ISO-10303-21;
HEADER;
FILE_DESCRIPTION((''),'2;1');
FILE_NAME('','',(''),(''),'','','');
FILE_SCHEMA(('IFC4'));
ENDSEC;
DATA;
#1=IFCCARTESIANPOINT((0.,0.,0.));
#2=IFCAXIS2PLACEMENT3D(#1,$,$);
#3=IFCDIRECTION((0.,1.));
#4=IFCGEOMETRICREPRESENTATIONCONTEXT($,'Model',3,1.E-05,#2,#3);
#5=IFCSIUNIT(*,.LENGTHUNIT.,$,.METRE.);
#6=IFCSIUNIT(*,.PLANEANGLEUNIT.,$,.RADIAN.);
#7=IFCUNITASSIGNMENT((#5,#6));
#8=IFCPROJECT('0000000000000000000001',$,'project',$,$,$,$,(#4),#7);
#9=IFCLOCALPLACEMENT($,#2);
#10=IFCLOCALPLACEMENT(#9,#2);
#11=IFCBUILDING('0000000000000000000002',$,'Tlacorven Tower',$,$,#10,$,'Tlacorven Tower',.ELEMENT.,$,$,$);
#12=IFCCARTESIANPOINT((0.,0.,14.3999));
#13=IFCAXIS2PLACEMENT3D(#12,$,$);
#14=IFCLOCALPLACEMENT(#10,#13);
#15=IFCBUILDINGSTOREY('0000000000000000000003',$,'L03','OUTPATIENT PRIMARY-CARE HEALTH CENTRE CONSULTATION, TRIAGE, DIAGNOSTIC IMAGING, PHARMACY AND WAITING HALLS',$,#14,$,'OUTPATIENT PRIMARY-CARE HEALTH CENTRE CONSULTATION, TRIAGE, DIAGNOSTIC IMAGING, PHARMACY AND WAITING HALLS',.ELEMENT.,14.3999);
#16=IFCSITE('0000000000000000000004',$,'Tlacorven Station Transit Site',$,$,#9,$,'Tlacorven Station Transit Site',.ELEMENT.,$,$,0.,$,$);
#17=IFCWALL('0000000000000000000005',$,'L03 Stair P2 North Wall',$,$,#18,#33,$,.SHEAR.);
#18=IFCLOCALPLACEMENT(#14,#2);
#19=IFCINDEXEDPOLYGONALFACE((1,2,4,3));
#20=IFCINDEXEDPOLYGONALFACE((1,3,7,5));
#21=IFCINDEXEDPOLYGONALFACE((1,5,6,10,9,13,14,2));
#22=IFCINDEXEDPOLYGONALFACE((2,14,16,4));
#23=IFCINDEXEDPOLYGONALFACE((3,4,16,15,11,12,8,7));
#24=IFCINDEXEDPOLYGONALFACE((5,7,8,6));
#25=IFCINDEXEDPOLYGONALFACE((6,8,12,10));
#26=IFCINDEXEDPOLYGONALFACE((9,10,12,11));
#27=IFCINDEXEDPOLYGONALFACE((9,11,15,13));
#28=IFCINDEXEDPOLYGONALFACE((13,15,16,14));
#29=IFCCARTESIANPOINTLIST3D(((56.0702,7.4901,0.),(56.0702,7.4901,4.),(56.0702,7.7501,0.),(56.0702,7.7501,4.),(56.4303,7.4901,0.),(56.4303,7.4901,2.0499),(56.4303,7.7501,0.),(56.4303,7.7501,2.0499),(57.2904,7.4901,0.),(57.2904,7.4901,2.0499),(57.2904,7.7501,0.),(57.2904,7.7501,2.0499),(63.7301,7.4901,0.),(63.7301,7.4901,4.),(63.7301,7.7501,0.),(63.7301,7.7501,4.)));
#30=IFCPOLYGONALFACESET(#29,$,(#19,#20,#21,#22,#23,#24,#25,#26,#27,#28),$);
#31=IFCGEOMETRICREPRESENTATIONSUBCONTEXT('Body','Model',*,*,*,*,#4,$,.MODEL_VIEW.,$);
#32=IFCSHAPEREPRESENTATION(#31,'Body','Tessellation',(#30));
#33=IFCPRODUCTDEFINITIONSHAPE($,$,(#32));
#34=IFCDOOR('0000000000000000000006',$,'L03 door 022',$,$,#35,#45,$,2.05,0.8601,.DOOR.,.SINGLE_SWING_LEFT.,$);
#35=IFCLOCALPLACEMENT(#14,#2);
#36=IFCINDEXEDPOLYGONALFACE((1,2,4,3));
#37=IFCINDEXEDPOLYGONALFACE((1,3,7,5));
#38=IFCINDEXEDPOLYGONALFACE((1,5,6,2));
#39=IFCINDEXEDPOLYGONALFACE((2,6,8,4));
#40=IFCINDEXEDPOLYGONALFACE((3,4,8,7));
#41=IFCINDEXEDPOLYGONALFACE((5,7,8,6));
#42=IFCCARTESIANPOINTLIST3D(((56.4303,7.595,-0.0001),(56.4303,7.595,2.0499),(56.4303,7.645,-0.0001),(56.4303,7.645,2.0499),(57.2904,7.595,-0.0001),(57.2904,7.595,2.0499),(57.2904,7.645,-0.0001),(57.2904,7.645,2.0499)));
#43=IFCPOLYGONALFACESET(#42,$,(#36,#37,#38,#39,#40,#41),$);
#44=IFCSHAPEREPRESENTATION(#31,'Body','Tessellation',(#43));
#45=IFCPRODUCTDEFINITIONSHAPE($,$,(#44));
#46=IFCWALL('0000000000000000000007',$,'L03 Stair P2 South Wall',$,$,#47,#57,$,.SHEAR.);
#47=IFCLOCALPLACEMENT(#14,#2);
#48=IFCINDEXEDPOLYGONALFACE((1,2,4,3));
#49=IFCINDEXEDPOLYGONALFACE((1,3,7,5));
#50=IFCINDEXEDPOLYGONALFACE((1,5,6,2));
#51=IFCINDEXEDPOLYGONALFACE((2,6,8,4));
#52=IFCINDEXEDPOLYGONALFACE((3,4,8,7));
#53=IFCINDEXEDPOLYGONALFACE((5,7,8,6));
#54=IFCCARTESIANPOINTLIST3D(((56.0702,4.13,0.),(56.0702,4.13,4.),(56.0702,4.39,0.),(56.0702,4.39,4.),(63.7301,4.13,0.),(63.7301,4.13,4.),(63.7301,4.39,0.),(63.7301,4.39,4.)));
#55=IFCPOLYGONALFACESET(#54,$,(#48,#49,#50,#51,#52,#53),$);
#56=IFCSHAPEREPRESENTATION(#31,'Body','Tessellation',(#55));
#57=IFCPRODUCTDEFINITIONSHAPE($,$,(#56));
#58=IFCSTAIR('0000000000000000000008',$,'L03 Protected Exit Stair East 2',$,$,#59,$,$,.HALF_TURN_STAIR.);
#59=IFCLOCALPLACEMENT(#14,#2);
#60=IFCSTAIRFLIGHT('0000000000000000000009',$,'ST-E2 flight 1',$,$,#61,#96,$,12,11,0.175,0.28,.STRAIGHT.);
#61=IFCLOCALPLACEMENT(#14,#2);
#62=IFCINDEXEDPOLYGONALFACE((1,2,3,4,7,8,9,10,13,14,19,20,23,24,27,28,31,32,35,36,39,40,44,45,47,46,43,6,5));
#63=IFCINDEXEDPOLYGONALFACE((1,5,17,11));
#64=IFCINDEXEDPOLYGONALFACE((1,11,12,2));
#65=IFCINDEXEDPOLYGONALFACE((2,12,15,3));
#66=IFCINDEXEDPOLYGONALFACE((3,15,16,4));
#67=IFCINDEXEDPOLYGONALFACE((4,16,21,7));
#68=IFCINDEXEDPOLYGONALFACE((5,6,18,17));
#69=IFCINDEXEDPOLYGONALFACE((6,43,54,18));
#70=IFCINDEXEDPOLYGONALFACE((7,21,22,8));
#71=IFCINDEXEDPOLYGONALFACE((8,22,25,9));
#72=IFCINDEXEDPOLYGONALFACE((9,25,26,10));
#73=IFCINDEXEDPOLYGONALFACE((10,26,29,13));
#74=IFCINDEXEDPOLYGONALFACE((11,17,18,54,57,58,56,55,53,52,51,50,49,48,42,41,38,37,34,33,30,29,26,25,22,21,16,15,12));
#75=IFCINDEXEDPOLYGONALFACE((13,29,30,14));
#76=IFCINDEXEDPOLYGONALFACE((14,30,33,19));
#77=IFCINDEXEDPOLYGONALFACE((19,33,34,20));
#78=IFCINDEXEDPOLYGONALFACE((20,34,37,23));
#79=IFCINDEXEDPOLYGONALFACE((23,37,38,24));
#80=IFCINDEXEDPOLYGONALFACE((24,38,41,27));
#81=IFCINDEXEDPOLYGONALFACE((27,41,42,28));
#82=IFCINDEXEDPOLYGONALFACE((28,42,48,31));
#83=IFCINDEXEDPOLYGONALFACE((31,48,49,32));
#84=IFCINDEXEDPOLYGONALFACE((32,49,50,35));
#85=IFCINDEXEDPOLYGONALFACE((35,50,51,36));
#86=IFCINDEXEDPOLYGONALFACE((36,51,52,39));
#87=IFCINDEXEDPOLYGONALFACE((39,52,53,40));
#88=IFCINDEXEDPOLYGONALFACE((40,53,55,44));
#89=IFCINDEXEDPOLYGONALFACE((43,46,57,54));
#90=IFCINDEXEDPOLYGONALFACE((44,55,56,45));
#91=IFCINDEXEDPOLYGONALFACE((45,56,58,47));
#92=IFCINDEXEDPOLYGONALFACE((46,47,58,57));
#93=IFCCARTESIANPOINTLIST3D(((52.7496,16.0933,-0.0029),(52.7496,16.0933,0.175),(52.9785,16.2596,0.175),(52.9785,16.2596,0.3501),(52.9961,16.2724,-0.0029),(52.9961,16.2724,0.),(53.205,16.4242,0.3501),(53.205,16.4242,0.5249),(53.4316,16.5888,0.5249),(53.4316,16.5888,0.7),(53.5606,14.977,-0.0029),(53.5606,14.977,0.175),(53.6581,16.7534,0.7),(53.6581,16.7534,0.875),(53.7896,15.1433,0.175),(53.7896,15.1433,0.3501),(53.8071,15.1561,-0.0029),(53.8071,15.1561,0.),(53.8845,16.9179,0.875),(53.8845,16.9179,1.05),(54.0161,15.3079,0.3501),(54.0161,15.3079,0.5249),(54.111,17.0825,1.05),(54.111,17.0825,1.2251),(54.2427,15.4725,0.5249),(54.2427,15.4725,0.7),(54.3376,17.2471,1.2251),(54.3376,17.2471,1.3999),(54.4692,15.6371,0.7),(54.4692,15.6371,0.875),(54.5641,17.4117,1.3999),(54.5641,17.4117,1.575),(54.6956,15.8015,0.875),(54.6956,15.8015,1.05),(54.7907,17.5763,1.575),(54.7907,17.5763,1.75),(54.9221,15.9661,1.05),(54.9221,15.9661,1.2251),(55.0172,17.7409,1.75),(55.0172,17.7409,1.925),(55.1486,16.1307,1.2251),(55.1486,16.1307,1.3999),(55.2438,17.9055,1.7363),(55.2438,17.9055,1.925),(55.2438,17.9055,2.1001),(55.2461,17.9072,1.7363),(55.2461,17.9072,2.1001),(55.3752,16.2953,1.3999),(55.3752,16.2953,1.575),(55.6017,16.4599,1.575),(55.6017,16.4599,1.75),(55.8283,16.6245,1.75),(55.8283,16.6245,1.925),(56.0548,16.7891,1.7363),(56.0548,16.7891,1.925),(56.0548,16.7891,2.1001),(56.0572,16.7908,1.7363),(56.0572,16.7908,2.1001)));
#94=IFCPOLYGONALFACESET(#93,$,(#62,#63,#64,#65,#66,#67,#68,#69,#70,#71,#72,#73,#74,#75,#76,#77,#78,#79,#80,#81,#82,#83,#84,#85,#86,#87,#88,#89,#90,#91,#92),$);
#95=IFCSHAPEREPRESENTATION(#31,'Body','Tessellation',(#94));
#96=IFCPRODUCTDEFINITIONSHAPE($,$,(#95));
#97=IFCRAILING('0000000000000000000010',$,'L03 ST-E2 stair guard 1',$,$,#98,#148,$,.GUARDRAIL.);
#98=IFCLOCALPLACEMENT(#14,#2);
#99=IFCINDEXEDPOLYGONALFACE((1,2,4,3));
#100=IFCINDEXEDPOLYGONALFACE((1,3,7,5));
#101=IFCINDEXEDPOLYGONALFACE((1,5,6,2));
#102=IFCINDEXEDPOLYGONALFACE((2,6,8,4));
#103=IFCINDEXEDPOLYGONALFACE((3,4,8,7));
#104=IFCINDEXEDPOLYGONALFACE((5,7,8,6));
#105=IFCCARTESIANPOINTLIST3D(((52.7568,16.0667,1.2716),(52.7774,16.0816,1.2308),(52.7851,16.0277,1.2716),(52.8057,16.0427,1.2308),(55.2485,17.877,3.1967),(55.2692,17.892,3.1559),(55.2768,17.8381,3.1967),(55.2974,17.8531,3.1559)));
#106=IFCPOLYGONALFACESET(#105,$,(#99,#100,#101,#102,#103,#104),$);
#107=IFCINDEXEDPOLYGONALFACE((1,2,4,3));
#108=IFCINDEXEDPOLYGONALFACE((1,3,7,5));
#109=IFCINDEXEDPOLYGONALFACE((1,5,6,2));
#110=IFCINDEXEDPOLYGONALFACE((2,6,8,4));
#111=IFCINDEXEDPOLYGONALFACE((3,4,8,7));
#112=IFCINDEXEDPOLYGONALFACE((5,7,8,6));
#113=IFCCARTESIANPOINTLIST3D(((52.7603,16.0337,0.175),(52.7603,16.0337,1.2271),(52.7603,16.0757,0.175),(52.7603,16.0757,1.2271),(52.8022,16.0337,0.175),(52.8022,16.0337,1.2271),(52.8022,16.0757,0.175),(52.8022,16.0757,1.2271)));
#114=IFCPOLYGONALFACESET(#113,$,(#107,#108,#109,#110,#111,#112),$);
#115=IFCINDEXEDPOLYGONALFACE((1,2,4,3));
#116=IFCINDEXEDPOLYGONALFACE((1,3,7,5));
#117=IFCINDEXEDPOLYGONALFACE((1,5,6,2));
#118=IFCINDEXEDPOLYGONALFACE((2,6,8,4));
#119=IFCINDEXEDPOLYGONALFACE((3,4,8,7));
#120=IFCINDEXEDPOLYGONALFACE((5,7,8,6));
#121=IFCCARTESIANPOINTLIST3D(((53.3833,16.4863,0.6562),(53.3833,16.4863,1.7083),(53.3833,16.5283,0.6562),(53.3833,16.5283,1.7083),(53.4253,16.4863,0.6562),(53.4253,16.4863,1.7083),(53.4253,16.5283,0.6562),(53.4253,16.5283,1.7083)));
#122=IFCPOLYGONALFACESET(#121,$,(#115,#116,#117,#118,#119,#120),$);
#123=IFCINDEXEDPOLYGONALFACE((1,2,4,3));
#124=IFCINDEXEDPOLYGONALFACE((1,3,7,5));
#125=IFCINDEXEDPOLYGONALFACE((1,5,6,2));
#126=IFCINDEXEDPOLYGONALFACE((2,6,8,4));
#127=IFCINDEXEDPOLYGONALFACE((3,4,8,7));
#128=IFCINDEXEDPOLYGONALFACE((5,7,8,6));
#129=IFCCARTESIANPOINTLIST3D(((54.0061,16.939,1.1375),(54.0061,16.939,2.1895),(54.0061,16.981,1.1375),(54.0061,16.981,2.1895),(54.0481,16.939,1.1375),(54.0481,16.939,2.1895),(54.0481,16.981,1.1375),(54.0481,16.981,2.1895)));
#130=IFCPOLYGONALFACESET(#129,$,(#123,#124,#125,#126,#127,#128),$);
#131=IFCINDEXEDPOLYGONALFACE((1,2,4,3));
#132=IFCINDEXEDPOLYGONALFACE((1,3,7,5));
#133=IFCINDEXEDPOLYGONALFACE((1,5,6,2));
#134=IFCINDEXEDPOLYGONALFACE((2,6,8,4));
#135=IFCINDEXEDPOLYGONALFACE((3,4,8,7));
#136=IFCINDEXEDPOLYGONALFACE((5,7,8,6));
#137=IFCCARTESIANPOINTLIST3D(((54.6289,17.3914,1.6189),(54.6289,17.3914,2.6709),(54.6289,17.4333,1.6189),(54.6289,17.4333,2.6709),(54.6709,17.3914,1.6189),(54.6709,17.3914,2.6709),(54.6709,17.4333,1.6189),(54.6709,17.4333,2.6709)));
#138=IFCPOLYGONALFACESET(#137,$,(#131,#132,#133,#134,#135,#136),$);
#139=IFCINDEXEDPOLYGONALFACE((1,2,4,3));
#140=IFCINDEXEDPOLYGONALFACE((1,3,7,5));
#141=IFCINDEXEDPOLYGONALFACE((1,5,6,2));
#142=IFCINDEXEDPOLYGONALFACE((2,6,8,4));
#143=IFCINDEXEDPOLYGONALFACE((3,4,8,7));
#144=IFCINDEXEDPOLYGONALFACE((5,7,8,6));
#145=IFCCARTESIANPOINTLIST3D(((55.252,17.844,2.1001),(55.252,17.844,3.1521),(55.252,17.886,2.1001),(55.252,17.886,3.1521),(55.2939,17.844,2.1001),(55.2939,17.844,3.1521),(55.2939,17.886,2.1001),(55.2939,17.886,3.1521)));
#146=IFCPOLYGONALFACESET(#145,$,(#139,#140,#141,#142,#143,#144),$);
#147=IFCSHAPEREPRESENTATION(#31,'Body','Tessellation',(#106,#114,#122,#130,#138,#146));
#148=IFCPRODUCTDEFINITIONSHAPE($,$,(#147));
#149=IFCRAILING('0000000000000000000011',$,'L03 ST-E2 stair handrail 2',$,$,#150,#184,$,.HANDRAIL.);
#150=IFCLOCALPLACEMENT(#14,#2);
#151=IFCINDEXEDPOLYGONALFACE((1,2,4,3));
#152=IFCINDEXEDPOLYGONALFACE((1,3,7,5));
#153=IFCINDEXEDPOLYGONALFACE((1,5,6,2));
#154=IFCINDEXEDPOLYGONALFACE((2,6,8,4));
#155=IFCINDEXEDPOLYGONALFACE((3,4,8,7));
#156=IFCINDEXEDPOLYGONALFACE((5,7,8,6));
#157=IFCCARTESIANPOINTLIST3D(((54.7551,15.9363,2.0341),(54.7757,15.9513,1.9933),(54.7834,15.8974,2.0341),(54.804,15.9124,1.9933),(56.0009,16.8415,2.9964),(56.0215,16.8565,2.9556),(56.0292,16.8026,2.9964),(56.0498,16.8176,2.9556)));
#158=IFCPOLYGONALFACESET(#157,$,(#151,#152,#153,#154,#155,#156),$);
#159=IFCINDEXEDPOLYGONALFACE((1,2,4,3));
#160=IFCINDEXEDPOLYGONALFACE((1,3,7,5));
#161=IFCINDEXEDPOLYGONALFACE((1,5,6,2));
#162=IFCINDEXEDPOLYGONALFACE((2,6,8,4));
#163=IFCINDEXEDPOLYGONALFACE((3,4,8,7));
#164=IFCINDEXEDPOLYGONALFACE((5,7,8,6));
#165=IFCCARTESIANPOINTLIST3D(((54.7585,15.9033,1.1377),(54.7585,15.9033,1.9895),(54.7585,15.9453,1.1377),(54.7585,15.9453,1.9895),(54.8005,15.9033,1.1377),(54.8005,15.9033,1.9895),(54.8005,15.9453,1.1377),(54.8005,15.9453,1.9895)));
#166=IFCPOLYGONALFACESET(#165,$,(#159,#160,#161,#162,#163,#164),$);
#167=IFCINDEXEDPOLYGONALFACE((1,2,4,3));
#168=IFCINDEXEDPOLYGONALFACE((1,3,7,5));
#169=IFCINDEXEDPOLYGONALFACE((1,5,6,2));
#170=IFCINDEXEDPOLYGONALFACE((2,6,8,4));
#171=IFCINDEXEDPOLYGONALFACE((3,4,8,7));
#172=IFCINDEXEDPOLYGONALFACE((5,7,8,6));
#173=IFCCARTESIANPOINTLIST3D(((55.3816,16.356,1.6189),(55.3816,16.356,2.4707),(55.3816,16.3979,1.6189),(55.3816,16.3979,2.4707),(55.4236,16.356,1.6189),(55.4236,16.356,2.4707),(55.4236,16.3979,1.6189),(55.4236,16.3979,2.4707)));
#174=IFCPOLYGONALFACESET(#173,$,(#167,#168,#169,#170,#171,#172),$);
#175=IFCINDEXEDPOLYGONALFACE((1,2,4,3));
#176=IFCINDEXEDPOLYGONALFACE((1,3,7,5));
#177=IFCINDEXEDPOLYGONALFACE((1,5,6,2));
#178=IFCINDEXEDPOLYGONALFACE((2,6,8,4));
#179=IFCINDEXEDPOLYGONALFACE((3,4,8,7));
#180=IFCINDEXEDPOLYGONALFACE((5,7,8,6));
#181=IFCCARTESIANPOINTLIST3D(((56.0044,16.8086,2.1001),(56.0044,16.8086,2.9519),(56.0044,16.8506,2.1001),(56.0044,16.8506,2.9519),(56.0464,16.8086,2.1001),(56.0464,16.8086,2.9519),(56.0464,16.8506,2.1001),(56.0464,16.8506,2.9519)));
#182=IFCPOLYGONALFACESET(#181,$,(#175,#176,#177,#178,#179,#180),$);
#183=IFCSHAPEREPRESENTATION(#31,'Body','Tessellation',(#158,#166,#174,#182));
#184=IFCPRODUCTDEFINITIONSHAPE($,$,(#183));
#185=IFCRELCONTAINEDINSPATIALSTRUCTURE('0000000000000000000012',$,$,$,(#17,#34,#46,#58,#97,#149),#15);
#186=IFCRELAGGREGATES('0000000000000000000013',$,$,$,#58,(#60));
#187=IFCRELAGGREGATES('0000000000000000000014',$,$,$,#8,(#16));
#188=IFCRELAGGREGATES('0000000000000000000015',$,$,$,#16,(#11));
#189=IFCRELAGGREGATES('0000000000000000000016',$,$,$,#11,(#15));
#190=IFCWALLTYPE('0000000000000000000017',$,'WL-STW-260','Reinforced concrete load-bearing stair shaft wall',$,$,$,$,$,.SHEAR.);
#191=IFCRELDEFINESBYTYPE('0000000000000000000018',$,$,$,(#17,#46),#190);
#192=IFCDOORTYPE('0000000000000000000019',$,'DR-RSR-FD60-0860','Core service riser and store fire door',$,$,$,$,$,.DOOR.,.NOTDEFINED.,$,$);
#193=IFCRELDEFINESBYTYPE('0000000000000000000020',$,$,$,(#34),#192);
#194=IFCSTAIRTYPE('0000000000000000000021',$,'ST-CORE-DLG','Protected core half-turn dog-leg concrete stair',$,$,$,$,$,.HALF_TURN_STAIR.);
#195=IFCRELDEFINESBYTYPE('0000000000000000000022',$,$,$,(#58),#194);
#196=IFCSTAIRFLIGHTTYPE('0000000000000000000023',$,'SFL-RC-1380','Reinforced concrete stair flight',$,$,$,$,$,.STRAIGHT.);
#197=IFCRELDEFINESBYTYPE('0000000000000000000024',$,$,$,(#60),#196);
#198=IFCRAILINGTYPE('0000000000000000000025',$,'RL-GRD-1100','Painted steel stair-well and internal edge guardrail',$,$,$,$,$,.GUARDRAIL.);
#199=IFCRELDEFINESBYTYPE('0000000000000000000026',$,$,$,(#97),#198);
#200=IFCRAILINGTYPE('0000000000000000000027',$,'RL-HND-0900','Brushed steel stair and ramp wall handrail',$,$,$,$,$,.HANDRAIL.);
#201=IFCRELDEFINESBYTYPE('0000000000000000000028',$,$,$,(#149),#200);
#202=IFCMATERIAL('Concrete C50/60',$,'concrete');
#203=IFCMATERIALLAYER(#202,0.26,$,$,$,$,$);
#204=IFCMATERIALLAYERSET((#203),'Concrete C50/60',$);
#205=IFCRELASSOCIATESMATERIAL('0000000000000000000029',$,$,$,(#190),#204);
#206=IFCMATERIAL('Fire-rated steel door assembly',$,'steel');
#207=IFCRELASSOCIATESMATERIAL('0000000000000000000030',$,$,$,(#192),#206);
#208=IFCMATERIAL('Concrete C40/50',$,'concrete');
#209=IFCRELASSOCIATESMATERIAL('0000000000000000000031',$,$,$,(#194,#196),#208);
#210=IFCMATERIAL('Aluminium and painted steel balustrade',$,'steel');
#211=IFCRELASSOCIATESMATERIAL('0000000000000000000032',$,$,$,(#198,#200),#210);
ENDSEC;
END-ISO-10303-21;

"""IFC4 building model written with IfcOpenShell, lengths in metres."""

from ifc_helpers import new_model, si_unit, direction, frame, frame_2d, origin, origin_2d, place, context, subcontext, project, spatial, polyline, rectangle, outline, extrude, source, transform, mapped, material, layer, layer_set, type_object, element, fill, aggregate, save


model = new_model("IFC4")

# Units and contexts
model_context = context("Model", 3, precision=1e-05, world=origin(), true_north=direction((0.0, 1.0)))
body_context = subcontext(model_context, "Body", "Model", "MODEL_VIEW")
ifc_project = project(units=[si_unit("LENGTHUNIT", "METRE"), si_unit("PLANEANGLEUNIT", "RADIAN")], contexts=[model_context])

# Site, building, storey
site_placement = place(None, origin())
site = spatial("IfcSite", under=ifc_project, at=site_placement, Name="Tlacorven Station Transit Site", LongName="Tlacorven Station Transit Site", CompositionType="ELEMENT", RefElevation=0.0)
building_placement = place(site_placement, origin())
building = spatial("IfcBuilding", under=site, at=building_placement, Name="Tlacorven Tower", LongName="Tlacorven Tower", CompositionType="ELEMENT")
storey_placement = place(building_placement, frame((0.0, 0.0, 14.3999)))
storey = spatial("IfcBuildingStorey", under=building, at=storey_placement, Name="L03", Description="OUTPATIENT PRIMARY-CARE HEALTH CENTRE CONSULTATION, TRIAGE, DIAGNOSTIC IMAGING, PHARMACY AND WAITING HALLS", LongName="OUTPATIENT PRIMARY-CARE HEALTH CENTRE CONSULTATION, TRIAGE, DIAGNOSTIC IMAGING, PHARMACY AND WAITING HALLS", CompositionType="ELEMENT", Elevation=14.3999)

# Shared definitions
ifc_material_1 = material(Name="Concrete C50/60", Category="concrete")
ifc_layer_1 = layer(ifc_material_1, 0.26)
ifc_layer_set_1 = layer_set([ifc_layer_1], Name="Concrete C50/60")
wall_type_1 = type_object("IfcWallType", Name="WL-STW-260", Description="Reinforced concrete load-bearing stair shaft wall", PredefinedType="SHEAR", material=ifc_layer_set_1)

# Wall, opening, door
wall_1_placement = place(storey_placement, frame((56.0701, 7.6201, 0.0), z_axis=(0.0, 0.0, 1.0), x_axis=(1.0, 0.0, 0.0)))
wall_1 = element("IfcWall", 1, at=wall_1_placement, inside=storey, type_object=wall_type_1, Name="L03 Stair P2 North Wall", PredefinedType="SHEAR", context=body_context, shape_type="SweptSolid", body=[
    extrude(rectangle(XDim=7.6599, YDim=0.26, at=frame_2d((3.8301, 0.0))), origin(), (0.0, 0.0, 1.0), 4.0),
])
opening_placement = place(wall_1_placement, frame((0.3601, 0.0, 0.0)))
opening = element("IfcOpeningElement", 2, at=opening_placement, cuts=wall_1, PredefinedType="OPENING", context=body_context, shape_type="SweptSolid", body=[
    extrude(rectangle(XDim=0.8601, YDim=2.05, at=frame_2d((0.4302, 1.0249))), frame((0.0, 0.1401, 0.0), z_axis=(0.0, -1.0, 0.0), x_axis=(1.0, 0.0, 0.0)), (0.0, 0.0, 1.0), 0.28),
])
ifc_material_2 = material(Name="Fire-rated steel door assembly", Category="steel")
door_type = type_object("IfcDoorType", Name="DR-RSR-FD60-0860", Description="Core service riser and store fire door", OperationType="NOTDEFINED", PredefinedType="DOOR", material=ifc_material_2)
shared_shape_1 = source(origin(), body_context, "Body", "SweptSolid", [
    extrude(rectangle(XDim=0.8601, YDim=2.05, at=frame_2d((0.4302, 1.0249))), frame((0.0, 0.0249, 0.0), z_axis=(0.0, -1.0, 0.0), x_axis=(1.0, 0.0, 0.0)), (0.0, 0.0, 1.0), 0.05),
])
door_placement = place(opening_placement, origin())
door = element("IfcDoor", 3, at=door_placement, inside=storey, type_object=door_type, Name="L03 door 022", OperationType="SINGLE_SWING_LEFT", OverallHeight=2.05, OverallWidth=0.8601, PredefinedType="DOOR", context=body_context, shape_type="MappedRepresentation", body=[
    mapped(shared_shape_1, transform((0.0, 0.0, 0.0), scale=1.0)),
])
fill(opening, door)

# Wall
wall_2_placement = place(storey_placement, frame((56.0701, 4.26, 0.0), z_axis=(0.0, 0.0, 1.0), x_axis=(1.0, 0.0, 0.0)))
element("IfcWall", 4, at=wall_2_placement, inside=storey, type_object=wall_type_1, Name="L03 Stair P2 South Wall", PredefinedType="SHEAR", context=body_context, shape_type="SweptSolid", body=[
    extrude(rectangle(XDim=7.6599, YDim=0.26, at=frame_2d((3.8301, 0.0))), origin(), (0.0, 0.0, 1.0), 4.0),
])

# Stair, stair flight
ifc_material_3 = material(Name="Concrete C40/50", Category="concrete")
stair_type = type_object("IfcStairType", Name="ST-CORE-DLG", Description="Protected core half-turn dog-leg concrete stair", PredefinedType="HALF_TURN_STAIR", material=ifc_material_3)
stair_placement = place(storey_placement, origin())
stair = element("IfcStair", 5, at=stair_placement, inside=storey, type_object=stair_type, Name="L03 Protected Exit Stair East 2", PredefinedType="HALF_TURN_STAIR")
stair_flight_type = type_object("IfcStairFlightType", Name="SFL-RC-1380", Description="Reinforced concrete stair flight", PredefinedType="STRAIGHT", material=ifc_material_3)
shared_shape_2 = source(origin(), body_context, "Body", "SweptSolid", [
    extrude(outline(polyline([(-0.0029, -0.0029), (-0.0029, 0.175), (0.28, 0.175), (0.28, 0.3501), (0.5601, 0.3501), (0.5601, 0.5249), (0.8401, 0.5249), (0.8401, 0.7), (1.1201, 0.7), (1.1201, 0.875), (1.3999, 0.875), (1.3999, 1.05), (1.6799, 1.05), (1.6799, 1.2251), (1.96, 1.2251), (1.96, 1.3999), (2.24, 1.3999), (2.24, 1.575), (2.52, 1.575), (2.52, 1.75), (2.8, 1.75), (2.8, 1.925), (3.0801, 1.925), (3.0801, 2.1001), (3.083, 2.1001), (3.083, 1.7363), (3.0801, 1.7363), (0.3018, 0.0), (0.3018, -0.0029), (-0.0029, -0.0029)])), frame((0.0, 0.6899, 0.0), z_axis=(0.0, -1.0, 0.0), x_axis=(1.0, 0.0, 0.0)), (0.0, 0.0, 1.0), 1.3799),
])
stair_flight_placement = place(storey_placement, frame((53.1575, 15.5369, 0.0), z_axis=(0.0, 0.0, 1.0), x_axis=(0.809017, 0.587785, 0.0)))
stair_flight = element("IfcStairFlight", 6, at=stair_flight_placement, type_object=stair_flight_type, Name="ST-E2 flight 1", NumberOfRisers=12, NumberOfTreads=11, PredefinedType="STRAIGHT", RiserHeight=0.175, TreadLength=0.28, context=body_context, shape_type="MappedRepresentation", body=[
    mapped(shared_shape_2, transform((0.0, 0.0, 0.0), scale=1.0)),
])
aggregate(stair, [stair_flight])

# Railings
ifc_material_4 = material(Name="Aluminium and painted steel balustrade", Category="steel")
railing_type_1 = type_object("IfcRailingType", Name="RL-GRD-1100", Description="Painted steel stair-well and internal edge guardrail", PredefinedType="GUARDRAIL", material=ifc_material_4)
shared_shape_3 = source(origin(), body_context, "Body", "SweptSolid", [
    extrude(rectangle(XDim=0.0481, YDim=0.0481, at=origin_2d()), frame((0.0, 0.0, 1.0762), z_axis=(0.686037, 0.498429, 0.530021), x_axis=(-0.58778, 0.809021, 0.0)), (0.0, 0.0, 1.0), 3.6321),
    extrude(rectangle(XDim=0.042, YDim=0.042, at=origin_2d()), origin(), (0.0, 0.0, 1.0), 1.052),
    extrude(rectangle(XDim=0.042, YDim=0.042, at=origin_2d()), frame((0.623, 0.4526, 0.4812)), (0.0, 0.0, 1.0), 1.052),
    extrude(rectangle(XDim=0.042, YDim=0.042, at=origin_2d()), frame((1.2458, 0.9053, 0.9624)), (0.0, 0.0, 1.0), 1.052),
    extrude(rectangle(XDim=0.042, YDim=0.042, at=origin_2d()), frame((1.8687, 1.3577, 1.4438)), (0.0, 0.0, 1.0), 1.052),
    extrude(rectangle(XDim=0.042, YDim=0.042, at=origin_2d()), frame((2.4917, 1.8103, 1.925)), (0.0, 0.0, 1.0), 1.052),
])
railing_1_placement = place(storey_placement, frame((52.7812, 16.0547, 0.175)))
element("IfcRailing", 7, at=railing_1_placement, inside=storey, type_object=railing_type_1, Name="L03 ST-E2 stair guard 1", PredefinedType="GUARDRAIL", context=body_context, shape_type="MappedRepresentation", body=[
    mapped(shared_shape_3, transform((0.0, 0.0, 0.0), scale=1.0)),
])
railing_type_2 = type_object("IfcRailingType", Name="RL-HND-0900", Description="Brushed steel stair and ramp wall handrail", PredefinedType="HANDRAIL", material=ifc_material_4)
shared_shape_4 = source(origin(), body_context, "Body", "SweptSolid", [
    extrude(rectangle(XDim=0.0481, YDim=0.0481, at=origin_2d()), frame((0.0, 0.0, 0.876), z_axis=(0.686038, 0.498497, 0.529955), x_axis=(-0.587832, 0.808983, 0.0)), (0.0, 0.0, 1.0), 1.8159),
    extrude(rectangle(XDim=0.042, YDim=0.042, at=origin_2d()), origin(), (0.0, 0.0, 1.0), 0.8518),
    extrude(rectangle(XDim=0.042, YDim=0.042, at=origin_2d()), frame((0.623, 0.4526, 0.4812)), (0.0, 0.0, 1.0), 0.8518),
    extrude(rectangle(XDim=0.042, YDim=0.042, at=origin_2d()), frame((1.2458, 0.9053, 0.9624)), (0.0, 0.0, 1.0), 0.8518),
])
railing_2_placement = place(storey_placement, frame((54.7795, 15.9243, 1.1377)))
element("IfcRailing", 8, at=railing_2_placement, inside=storey, type_object=railing_type_2, Name="L03 ST-E2 stair handrail 2", PredefinedType="HANDRAIL", context=body_context, shape_type="MappedRepresentation", body=[
    mapped(shared_shape_4, transform((0.0, 0.0, 0.0), scale=1.0)),
])

save(model, "model.ifc")
